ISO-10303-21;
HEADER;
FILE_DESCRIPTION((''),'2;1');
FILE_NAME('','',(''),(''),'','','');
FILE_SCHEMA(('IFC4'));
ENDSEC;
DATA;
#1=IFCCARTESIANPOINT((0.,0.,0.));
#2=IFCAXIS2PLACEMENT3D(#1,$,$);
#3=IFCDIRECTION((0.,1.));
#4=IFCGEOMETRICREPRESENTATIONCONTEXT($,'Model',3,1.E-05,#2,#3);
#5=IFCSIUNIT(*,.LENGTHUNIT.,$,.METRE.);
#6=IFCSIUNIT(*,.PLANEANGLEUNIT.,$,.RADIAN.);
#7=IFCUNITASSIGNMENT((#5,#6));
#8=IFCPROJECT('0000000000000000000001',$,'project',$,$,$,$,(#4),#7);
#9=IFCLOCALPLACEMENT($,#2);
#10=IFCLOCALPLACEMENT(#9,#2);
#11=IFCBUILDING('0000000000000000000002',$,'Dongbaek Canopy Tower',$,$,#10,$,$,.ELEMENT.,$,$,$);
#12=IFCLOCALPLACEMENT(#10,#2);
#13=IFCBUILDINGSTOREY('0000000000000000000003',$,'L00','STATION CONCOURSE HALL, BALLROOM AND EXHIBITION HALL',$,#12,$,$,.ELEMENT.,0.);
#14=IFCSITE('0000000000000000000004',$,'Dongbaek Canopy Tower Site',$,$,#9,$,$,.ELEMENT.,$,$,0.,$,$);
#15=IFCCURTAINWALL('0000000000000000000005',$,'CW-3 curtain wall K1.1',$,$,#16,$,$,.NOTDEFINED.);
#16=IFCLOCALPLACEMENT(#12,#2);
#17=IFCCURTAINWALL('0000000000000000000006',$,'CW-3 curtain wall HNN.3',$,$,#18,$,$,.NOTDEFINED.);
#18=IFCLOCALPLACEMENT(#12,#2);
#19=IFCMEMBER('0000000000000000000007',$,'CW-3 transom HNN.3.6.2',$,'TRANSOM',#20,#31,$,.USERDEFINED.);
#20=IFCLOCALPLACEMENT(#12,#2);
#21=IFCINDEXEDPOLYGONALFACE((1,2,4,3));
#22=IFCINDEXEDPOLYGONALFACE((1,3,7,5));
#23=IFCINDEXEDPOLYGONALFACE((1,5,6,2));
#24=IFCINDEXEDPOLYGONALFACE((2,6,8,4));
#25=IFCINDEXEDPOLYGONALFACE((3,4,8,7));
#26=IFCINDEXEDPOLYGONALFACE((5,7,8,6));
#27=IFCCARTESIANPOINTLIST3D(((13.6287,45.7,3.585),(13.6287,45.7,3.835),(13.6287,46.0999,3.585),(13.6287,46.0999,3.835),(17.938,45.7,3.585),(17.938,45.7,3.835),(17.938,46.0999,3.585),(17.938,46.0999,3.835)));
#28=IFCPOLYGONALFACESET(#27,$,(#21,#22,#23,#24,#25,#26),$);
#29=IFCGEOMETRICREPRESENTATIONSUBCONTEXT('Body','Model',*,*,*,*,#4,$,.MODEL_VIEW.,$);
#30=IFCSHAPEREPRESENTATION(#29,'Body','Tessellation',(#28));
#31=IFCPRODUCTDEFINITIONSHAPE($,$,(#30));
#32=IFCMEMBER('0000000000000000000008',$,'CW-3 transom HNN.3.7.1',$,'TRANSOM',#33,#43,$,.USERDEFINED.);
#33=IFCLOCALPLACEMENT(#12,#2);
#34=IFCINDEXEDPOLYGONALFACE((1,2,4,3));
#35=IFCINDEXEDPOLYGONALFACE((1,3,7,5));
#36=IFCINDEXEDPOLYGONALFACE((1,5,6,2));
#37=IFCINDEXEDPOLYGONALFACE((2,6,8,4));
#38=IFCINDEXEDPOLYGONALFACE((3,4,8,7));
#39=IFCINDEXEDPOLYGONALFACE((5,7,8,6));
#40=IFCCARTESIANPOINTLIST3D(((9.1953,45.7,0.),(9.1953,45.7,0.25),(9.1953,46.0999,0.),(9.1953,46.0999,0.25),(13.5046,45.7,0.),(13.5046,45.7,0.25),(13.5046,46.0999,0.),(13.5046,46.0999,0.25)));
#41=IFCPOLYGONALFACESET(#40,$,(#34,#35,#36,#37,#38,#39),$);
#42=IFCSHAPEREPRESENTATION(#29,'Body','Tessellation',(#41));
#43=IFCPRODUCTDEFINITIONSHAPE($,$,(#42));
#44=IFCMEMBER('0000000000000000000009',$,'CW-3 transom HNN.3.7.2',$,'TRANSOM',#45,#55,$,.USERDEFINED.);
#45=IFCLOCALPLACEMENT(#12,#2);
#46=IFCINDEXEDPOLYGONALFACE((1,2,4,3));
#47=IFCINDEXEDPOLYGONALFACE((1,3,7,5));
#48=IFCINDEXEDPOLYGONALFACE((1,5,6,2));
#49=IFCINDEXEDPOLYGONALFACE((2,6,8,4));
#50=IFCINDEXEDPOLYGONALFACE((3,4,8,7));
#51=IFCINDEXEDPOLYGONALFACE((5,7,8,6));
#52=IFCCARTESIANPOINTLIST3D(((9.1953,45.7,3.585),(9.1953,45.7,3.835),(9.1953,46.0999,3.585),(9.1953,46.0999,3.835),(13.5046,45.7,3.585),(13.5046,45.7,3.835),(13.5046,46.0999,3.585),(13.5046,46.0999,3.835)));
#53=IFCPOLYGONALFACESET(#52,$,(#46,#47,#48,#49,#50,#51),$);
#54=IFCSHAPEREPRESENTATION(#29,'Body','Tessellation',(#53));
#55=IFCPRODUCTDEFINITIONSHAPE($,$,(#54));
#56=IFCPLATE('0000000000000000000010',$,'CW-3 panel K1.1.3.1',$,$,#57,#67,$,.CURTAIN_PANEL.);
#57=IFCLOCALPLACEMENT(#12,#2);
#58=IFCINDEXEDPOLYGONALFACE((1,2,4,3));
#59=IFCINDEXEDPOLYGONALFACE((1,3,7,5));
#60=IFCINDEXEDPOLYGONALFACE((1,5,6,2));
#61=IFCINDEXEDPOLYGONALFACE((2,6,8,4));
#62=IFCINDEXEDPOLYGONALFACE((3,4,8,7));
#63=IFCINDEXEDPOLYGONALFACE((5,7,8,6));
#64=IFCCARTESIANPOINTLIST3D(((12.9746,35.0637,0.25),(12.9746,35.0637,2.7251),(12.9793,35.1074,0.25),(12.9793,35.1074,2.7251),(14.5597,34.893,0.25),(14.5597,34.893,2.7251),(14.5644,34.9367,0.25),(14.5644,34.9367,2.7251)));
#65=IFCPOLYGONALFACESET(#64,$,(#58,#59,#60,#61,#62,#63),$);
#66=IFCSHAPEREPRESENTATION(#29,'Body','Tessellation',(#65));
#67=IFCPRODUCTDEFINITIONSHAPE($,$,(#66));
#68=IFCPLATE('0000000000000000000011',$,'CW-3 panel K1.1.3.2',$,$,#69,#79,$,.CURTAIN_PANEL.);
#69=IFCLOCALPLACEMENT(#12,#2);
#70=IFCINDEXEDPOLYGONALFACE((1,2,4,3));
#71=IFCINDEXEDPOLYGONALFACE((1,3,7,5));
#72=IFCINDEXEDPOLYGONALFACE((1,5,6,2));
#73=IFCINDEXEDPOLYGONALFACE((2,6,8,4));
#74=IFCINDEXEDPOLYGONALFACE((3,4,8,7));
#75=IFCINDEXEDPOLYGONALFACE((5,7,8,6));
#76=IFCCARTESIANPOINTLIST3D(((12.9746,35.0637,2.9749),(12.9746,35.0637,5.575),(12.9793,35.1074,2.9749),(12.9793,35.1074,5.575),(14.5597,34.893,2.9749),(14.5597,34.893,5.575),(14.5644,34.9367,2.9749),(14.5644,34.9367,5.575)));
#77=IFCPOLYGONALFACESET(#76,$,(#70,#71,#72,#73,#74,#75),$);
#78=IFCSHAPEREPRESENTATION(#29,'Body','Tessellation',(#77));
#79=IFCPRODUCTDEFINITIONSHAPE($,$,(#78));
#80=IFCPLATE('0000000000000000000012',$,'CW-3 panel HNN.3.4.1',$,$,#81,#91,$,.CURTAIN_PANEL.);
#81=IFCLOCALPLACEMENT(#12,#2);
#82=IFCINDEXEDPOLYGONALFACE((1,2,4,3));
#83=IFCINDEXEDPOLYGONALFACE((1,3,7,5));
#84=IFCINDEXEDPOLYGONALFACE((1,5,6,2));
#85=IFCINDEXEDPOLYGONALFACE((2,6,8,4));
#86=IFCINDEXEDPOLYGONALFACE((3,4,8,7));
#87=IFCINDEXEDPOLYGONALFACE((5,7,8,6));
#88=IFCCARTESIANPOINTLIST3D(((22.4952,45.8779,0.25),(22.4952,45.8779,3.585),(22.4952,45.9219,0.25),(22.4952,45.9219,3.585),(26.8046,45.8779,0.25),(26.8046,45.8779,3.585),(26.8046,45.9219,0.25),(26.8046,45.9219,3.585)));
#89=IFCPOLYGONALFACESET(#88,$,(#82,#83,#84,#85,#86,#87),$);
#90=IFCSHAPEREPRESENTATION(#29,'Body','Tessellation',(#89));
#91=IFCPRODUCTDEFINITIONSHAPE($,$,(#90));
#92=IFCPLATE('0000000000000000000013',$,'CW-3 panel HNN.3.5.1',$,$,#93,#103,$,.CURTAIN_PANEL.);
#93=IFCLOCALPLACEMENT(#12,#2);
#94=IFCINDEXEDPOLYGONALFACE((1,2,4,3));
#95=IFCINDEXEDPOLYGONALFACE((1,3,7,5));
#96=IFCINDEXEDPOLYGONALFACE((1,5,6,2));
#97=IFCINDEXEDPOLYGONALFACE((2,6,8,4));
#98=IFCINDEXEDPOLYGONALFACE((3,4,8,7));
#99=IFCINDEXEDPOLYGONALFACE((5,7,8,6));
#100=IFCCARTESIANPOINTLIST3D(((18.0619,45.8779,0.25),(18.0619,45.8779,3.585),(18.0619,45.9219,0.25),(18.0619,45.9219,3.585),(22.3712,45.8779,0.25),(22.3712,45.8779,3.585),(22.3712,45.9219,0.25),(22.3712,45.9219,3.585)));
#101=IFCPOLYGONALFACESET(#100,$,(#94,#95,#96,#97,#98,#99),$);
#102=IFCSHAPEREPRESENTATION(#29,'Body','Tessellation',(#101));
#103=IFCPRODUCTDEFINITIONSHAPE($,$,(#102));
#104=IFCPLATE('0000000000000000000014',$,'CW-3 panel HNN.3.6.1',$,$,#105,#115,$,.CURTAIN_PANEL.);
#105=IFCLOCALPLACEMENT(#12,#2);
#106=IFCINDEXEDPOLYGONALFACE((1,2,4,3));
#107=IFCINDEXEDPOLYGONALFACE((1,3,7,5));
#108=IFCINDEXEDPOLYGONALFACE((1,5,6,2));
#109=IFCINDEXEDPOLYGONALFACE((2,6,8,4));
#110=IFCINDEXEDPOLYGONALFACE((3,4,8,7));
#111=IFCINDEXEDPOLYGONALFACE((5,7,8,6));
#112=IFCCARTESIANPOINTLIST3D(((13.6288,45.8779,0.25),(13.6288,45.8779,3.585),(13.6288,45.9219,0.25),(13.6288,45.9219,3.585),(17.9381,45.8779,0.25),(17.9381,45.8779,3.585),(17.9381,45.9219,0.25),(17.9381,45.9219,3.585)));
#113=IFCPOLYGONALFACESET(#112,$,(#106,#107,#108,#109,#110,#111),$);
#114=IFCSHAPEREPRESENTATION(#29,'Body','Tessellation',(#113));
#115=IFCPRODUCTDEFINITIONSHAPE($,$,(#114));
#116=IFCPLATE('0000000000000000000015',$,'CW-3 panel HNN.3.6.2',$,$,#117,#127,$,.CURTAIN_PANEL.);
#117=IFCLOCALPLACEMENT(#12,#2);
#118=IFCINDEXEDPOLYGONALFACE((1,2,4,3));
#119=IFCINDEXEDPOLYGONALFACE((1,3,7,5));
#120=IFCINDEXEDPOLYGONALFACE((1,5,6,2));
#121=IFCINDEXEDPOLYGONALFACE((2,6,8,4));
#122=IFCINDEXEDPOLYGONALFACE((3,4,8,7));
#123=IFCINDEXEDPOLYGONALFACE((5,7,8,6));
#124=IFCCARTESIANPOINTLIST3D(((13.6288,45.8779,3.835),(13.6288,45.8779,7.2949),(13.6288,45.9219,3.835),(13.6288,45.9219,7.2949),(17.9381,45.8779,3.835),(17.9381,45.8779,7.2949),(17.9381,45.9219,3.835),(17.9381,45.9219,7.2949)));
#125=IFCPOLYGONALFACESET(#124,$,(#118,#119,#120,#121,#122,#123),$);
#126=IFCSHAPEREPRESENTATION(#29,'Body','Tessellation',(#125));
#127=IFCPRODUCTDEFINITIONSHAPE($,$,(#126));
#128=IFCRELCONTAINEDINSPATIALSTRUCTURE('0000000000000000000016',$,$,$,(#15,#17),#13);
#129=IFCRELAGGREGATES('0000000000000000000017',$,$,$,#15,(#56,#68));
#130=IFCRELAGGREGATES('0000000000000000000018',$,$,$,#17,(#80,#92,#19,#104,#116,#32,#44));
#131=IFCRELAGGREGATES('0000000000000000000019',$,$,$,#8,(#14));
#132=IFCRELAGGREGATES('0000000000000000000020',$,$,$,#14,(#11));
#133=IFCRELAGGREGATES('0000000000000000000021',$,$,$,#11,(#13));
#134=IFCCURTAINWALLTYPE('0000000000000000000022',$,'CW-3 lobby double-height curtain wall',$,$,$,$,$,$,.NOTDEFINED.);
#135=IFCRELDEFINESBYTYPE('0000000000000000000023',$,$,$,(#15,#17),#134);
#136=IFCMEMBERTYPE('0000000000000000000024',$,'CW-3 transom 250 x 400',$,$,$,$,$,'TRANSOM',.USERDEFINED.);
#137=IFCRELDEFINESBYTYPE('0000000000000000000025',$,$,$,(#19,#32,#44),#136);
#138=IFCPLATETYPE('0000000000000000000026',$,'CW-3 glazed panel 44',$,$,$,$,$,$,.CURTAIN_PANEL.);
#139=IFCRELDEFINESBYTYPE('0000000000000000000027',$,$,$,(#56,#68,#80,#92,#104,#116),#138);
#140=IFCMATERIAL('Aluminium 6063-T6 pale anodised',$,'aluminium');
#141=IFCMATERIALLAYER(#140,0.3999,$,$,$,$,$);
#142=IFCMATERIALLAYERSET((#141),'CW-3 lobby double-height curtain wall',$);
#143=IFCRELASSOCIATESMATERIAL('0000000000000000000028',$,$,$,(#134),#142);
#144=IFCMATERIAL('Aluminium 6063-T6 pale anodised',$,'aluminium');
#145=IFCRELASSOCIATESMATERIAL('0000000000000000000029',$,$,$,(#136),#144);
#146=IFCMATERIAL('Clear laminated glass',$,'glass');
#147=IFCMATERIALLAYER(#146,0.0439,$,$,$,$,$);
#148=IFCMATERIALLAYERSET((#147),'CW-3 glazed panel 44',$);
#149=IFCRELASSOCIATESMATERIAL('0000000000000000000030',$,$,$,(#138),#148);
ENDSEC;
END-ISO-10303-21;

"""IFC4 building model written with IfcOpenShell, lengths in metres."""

from ifc_helpers import new_model, si_unit, direction, frame, origin, origin_2d, place, context, subcontext, project, spatial, rectangle, extrude, material, layer, layer_set, material_profile, profile_set, type_object, element, aggregate, save


model = new_model("IFC4")

# Units and contexts
model_context = context("Model", 3, precision=1e-05, world=origin(), true_north=direction((0.0, 1.0)))
body_context = subcontext(model_context, "Body", "Model", "MODEL_VIEW")
ifc_project = project(units=[si_unit("LENGTHUNIT", "METRE"), si_unit("PLANEANGLEUNIT", "RADIAN")], contexts=[model_context])

# Site, building, storey
site_placement = place(None, origin())
site = spatial("IfcSite", under=ifc_project, at=site_placement, Name="Dongbaek Canopy Tower Site", CompositionType="ELEMENT", RefElevation=0.0)
building_placement = place(site_placement, origin())
building = spatial("IfcBuilding", under=site, at=building_placement, Name="Dongbaek Canopy Tower", CompositionType="ELEMENT")
storey_placement = place(building_placement, origin())
storey = spatial("IfcBuildingStorey", under=building, at=storey_placement, Name="L00", Description="STATION CONCOURSE HALL, BALLROOM AND EXHIBITION HALL", CompositionType="ELEMENT", Elevation=0.0)

# Curtain walls
ifc_material_1 = material(Name="Aluminium 6063-T6 pale anodised", Category="aluminium")
ifc_layer_1 = layer(ifc_material_1, 0.3999)
ifc_layer_set_1 = layer_set([ifc_layer_1], Name="CW-3 lobby double-height curtain wall")
curtain_wall_type = type_object("IfcCurtainWallType", Name="CW-3 lobby double-height curtain wall", PredefinedType="NOTDEFINED", material=ifc_layer_set_1)
curtain_wall_1_placement = place(storey_placement, origin())
curtain_wall_1 = element("IfcCurtainWall", 1, at=curtain_wall_1_placement, inside=storey, type_object=curtain_wall_type, Name="CW-3 curtain wall K1.1", PredefinedType="NOTDEFINED")
curtain_wall_2_placement = place(storey_placement, origin())
curtain_wall_2 = element("IfcCurtainWall", 2, at=curtain_wall_2_placement, inside=storey, type_object=curtain_wall_type, Name="CW-3 curtain wall HNN.3", PredefinedType="NOTDEFINED")

# Shared definitions
ifc_material_2 = material(Name="Aluminium 6063-T6 pale anodised", Category="aluminium")
ifc_material_profile_1 = material_profile(ifc_material_2, rectangle(XDim=0.3999, YDim=0.25, at=origin_2d()), Name="CW-3 transom 250 x 400")
ifc_profile_set_1 = profile_set([ifc_material_profile_1], Name="Aluminium 6063-T6 pale anodised")
member_type_1 = type_object("IfcMemberType", Name="CW-3 transom 250 x 400", ElementType="TRANSOM", PredefinedType="USERDEFINED", material=ifc_profile_set_1)

# Members
member_1_placement = place(storey_placement, frame((17.938, 45.8999, 3.71), z_axis=(-1.0, 0.0, 0.0), x_axis=(0.0, -1.0, 0.0)))
member_1 = element("IfcMember", 3, at=member_1_placement, type_object=member_type_1, Name="CW-3 transom HNN.3.6.2", ObjectType="TRANSOM", PredefinedType="USERDEFINED", context=body_context, shape_type="SweptSolid", body=[
    extrude(rectangle(XDim=0.3999, YDim=0.25, at=origin_2d()), origin(), (0.0, 0.0, 1.0), 4.3093),
])
member_2_placement = place(storey_placement, frame((13.5046, 45.8999, 0.125), z_axis=(-1.0, 0.0, 0.0), x_axis=(0.0, -1.0, 0.0)))
member_2 = element("IfcMember", 4, at=member_2_placement, type_object=member_type_1, Name="CW-3 transom HNN.3.7.1", ObjectType="TRANSOM", PredefinedType="USERDEFINED", context=body_context, shape_type="SweptSolid", body=[
    extrude(rectangle(XDim=0.3999, YDim=0.25, at=origin_2d()), origin(), (0.0, 0.0, 1.0), 4.3093),
])
member_3_placement = place(storey_placement, frame((13.5046, 45.8999, 3.71), z_axis=(-1.0, 0.0, 0.0), x_axis=(0.0, -1.0, 0.0)))
member_3 = element("IfcMember", 5, at=member_3_placement, type_object=member_type_1, Name="CW-3 transom HNN.3.7.2", ObjectType="TRANSOM", PredefinedType="USERDEFINED", context=body_context, shape_type="SweptSolid", body=[
    extrude(rectangle(XDim=0.3999, YDim=0.25, at=origin_2d()), origin(), (0.0, 0.0, 1.0), 4.3093),
])

# Plates
ifc_material_3 = material(Name="Clear laminated glass", Category="glass")
ifc_layer_2 = layer(ifc_material_3, 0.0439)
ifc_layer_set_2 = layer_set([ifc_layer_2], Name="CW-3 glazed panel 44")
plate_type = type_object("IfcPlateType", Name="CW-3 glazed panel 44", PredefinedType="CURTAIN_PANEL", material=ifc_layer_set_2)
plate_1_placement = place(storey_placement, frame((13.7695, 35.0002, 0.25), z_axis=(0.0, 0.0, 1.0), x_axis=(-0.994251, 0.107075, 0.0)))
plate_1 = element("IfcPlate", 6, at=plate_1_placement, type_object=plate_type, Name="CW-3 panel K1.1.3.1", PredefinedType="CURTAIN_PANEL", context=body_context, shape_type="SweptSolid", body=[
    extrude(rectangle(XDim=1.5942, YDim=0.0439, at=origin_2d()), origin(), (0.0, 0.0, 1.0), 2.4751),
])
plate_2_placement = place(storey_placement, frame((13.7695, 35.0002, 2.9749), z_axis=(0.0, 0.0, 1.0), x_axis=(-0.994251, 0.107075, 0.0)))
plate_2 = element("IfcPlate", 7, at=plate_2_placement, type_object=plate_type, Name="CW-3 panel K1.1.3.2", PredefinedType="CURTAIN_PANEL", context=body_context, shape_type="SweptSolid", body=[
    extrude(rectangle(XDim=1.5942, YDim=0.0439, at=origin_2d()), origin(), (0.0, 0.0, 1.0), 2.6001),
])
aggregate(curtain_wall_1, [plate_1, plate_2])
plate_3_placement = place(storey_placement, frame((24.6499, 45.8999, 0.25), z_axis=(0.0, 0.0, 1.0), x_axis=(-1.0, 0.0, 0.0)))
plate_3 = element("IfcPlate", 8, at=plate_3_placement, type_object=plate_type, Name="CW-3 panel HNN.3.4.1", PredefinedType="CURTAIN_PANEL", context=body_context, shape_type="SweptSolid", body=[
    extrude(rectangle(XDim=4.3093, YDim=0.0439, at=origin_2d()), origin(), (0.0, 0.0, 1.0), 3.335),
])
plate_4_placement = place(storey_placement, frame((20.2166, 45.8999, 0.25), z_axis=(0.0, 0.0, 1.0), x_axis=(-1.0, 0.0, 0.0)))
plate_4 = element("IfcPlate", 9, at=plate_4_placement, type_object=plate_type, Name="CW-3 panel HNN.3.5.1", PredefinedType="CURTAIN_PANEL", context=body_context, shape_type="SweptSolid", body=[
    extrude(rectangle(XDim=4.3093, YDim=0.0439, at=origin_2d()), origin(), (0.0, 0.0, 1.0), 3.335),
])
plate_5_placement = place(storey_placement, frame((15.7834, 45.8999, 0.25), z_axis=(0.0, 0.0, 1.0), x_axis=(-1.0, 0.0, 0.0)))
plate_5 = element("IfcPlate", 10, at=plate_5_placement, type_object=plate_type, Name="CW-3 panel HNN.3.6.1", PredefinedType="CURTAIN_PANEL", context=body_context, shape_type="SweptSolid", body=[
    extrude(rectangle(XDim=4.3093, YDim=0.0439, at=origin_2d()), origin(), (0.0, 0.0, 1.0), 3.335),
])
plate_6_placement = place(storey_placement, frame((15.7834, 45.8999, 3.835), z_axis=(0.0, 0.0, 1.0), x_axis=(-1.0, 0.0, 0.0)))
plate_6 = element("IfcPlate", 11, at=plate_6_placement, type_object=plate_type, Name="CW-3 panel HNN.3.6.2", PredefinedType="CURTAIN_PANEL", context=body_context, shape_type="SweptSolid", body=[
    extrude(rectangle(XDim=4.3093, YDim=0.0439, at=origin_2d()), origin(), (0.0, 0.0, 1.0), 3.46),
])
aggregate(curtain_wall_2, [plate_3, plate_4, member_1, plate_5, plate_6, member_2, member_3])

save(model, "model.ifc")
